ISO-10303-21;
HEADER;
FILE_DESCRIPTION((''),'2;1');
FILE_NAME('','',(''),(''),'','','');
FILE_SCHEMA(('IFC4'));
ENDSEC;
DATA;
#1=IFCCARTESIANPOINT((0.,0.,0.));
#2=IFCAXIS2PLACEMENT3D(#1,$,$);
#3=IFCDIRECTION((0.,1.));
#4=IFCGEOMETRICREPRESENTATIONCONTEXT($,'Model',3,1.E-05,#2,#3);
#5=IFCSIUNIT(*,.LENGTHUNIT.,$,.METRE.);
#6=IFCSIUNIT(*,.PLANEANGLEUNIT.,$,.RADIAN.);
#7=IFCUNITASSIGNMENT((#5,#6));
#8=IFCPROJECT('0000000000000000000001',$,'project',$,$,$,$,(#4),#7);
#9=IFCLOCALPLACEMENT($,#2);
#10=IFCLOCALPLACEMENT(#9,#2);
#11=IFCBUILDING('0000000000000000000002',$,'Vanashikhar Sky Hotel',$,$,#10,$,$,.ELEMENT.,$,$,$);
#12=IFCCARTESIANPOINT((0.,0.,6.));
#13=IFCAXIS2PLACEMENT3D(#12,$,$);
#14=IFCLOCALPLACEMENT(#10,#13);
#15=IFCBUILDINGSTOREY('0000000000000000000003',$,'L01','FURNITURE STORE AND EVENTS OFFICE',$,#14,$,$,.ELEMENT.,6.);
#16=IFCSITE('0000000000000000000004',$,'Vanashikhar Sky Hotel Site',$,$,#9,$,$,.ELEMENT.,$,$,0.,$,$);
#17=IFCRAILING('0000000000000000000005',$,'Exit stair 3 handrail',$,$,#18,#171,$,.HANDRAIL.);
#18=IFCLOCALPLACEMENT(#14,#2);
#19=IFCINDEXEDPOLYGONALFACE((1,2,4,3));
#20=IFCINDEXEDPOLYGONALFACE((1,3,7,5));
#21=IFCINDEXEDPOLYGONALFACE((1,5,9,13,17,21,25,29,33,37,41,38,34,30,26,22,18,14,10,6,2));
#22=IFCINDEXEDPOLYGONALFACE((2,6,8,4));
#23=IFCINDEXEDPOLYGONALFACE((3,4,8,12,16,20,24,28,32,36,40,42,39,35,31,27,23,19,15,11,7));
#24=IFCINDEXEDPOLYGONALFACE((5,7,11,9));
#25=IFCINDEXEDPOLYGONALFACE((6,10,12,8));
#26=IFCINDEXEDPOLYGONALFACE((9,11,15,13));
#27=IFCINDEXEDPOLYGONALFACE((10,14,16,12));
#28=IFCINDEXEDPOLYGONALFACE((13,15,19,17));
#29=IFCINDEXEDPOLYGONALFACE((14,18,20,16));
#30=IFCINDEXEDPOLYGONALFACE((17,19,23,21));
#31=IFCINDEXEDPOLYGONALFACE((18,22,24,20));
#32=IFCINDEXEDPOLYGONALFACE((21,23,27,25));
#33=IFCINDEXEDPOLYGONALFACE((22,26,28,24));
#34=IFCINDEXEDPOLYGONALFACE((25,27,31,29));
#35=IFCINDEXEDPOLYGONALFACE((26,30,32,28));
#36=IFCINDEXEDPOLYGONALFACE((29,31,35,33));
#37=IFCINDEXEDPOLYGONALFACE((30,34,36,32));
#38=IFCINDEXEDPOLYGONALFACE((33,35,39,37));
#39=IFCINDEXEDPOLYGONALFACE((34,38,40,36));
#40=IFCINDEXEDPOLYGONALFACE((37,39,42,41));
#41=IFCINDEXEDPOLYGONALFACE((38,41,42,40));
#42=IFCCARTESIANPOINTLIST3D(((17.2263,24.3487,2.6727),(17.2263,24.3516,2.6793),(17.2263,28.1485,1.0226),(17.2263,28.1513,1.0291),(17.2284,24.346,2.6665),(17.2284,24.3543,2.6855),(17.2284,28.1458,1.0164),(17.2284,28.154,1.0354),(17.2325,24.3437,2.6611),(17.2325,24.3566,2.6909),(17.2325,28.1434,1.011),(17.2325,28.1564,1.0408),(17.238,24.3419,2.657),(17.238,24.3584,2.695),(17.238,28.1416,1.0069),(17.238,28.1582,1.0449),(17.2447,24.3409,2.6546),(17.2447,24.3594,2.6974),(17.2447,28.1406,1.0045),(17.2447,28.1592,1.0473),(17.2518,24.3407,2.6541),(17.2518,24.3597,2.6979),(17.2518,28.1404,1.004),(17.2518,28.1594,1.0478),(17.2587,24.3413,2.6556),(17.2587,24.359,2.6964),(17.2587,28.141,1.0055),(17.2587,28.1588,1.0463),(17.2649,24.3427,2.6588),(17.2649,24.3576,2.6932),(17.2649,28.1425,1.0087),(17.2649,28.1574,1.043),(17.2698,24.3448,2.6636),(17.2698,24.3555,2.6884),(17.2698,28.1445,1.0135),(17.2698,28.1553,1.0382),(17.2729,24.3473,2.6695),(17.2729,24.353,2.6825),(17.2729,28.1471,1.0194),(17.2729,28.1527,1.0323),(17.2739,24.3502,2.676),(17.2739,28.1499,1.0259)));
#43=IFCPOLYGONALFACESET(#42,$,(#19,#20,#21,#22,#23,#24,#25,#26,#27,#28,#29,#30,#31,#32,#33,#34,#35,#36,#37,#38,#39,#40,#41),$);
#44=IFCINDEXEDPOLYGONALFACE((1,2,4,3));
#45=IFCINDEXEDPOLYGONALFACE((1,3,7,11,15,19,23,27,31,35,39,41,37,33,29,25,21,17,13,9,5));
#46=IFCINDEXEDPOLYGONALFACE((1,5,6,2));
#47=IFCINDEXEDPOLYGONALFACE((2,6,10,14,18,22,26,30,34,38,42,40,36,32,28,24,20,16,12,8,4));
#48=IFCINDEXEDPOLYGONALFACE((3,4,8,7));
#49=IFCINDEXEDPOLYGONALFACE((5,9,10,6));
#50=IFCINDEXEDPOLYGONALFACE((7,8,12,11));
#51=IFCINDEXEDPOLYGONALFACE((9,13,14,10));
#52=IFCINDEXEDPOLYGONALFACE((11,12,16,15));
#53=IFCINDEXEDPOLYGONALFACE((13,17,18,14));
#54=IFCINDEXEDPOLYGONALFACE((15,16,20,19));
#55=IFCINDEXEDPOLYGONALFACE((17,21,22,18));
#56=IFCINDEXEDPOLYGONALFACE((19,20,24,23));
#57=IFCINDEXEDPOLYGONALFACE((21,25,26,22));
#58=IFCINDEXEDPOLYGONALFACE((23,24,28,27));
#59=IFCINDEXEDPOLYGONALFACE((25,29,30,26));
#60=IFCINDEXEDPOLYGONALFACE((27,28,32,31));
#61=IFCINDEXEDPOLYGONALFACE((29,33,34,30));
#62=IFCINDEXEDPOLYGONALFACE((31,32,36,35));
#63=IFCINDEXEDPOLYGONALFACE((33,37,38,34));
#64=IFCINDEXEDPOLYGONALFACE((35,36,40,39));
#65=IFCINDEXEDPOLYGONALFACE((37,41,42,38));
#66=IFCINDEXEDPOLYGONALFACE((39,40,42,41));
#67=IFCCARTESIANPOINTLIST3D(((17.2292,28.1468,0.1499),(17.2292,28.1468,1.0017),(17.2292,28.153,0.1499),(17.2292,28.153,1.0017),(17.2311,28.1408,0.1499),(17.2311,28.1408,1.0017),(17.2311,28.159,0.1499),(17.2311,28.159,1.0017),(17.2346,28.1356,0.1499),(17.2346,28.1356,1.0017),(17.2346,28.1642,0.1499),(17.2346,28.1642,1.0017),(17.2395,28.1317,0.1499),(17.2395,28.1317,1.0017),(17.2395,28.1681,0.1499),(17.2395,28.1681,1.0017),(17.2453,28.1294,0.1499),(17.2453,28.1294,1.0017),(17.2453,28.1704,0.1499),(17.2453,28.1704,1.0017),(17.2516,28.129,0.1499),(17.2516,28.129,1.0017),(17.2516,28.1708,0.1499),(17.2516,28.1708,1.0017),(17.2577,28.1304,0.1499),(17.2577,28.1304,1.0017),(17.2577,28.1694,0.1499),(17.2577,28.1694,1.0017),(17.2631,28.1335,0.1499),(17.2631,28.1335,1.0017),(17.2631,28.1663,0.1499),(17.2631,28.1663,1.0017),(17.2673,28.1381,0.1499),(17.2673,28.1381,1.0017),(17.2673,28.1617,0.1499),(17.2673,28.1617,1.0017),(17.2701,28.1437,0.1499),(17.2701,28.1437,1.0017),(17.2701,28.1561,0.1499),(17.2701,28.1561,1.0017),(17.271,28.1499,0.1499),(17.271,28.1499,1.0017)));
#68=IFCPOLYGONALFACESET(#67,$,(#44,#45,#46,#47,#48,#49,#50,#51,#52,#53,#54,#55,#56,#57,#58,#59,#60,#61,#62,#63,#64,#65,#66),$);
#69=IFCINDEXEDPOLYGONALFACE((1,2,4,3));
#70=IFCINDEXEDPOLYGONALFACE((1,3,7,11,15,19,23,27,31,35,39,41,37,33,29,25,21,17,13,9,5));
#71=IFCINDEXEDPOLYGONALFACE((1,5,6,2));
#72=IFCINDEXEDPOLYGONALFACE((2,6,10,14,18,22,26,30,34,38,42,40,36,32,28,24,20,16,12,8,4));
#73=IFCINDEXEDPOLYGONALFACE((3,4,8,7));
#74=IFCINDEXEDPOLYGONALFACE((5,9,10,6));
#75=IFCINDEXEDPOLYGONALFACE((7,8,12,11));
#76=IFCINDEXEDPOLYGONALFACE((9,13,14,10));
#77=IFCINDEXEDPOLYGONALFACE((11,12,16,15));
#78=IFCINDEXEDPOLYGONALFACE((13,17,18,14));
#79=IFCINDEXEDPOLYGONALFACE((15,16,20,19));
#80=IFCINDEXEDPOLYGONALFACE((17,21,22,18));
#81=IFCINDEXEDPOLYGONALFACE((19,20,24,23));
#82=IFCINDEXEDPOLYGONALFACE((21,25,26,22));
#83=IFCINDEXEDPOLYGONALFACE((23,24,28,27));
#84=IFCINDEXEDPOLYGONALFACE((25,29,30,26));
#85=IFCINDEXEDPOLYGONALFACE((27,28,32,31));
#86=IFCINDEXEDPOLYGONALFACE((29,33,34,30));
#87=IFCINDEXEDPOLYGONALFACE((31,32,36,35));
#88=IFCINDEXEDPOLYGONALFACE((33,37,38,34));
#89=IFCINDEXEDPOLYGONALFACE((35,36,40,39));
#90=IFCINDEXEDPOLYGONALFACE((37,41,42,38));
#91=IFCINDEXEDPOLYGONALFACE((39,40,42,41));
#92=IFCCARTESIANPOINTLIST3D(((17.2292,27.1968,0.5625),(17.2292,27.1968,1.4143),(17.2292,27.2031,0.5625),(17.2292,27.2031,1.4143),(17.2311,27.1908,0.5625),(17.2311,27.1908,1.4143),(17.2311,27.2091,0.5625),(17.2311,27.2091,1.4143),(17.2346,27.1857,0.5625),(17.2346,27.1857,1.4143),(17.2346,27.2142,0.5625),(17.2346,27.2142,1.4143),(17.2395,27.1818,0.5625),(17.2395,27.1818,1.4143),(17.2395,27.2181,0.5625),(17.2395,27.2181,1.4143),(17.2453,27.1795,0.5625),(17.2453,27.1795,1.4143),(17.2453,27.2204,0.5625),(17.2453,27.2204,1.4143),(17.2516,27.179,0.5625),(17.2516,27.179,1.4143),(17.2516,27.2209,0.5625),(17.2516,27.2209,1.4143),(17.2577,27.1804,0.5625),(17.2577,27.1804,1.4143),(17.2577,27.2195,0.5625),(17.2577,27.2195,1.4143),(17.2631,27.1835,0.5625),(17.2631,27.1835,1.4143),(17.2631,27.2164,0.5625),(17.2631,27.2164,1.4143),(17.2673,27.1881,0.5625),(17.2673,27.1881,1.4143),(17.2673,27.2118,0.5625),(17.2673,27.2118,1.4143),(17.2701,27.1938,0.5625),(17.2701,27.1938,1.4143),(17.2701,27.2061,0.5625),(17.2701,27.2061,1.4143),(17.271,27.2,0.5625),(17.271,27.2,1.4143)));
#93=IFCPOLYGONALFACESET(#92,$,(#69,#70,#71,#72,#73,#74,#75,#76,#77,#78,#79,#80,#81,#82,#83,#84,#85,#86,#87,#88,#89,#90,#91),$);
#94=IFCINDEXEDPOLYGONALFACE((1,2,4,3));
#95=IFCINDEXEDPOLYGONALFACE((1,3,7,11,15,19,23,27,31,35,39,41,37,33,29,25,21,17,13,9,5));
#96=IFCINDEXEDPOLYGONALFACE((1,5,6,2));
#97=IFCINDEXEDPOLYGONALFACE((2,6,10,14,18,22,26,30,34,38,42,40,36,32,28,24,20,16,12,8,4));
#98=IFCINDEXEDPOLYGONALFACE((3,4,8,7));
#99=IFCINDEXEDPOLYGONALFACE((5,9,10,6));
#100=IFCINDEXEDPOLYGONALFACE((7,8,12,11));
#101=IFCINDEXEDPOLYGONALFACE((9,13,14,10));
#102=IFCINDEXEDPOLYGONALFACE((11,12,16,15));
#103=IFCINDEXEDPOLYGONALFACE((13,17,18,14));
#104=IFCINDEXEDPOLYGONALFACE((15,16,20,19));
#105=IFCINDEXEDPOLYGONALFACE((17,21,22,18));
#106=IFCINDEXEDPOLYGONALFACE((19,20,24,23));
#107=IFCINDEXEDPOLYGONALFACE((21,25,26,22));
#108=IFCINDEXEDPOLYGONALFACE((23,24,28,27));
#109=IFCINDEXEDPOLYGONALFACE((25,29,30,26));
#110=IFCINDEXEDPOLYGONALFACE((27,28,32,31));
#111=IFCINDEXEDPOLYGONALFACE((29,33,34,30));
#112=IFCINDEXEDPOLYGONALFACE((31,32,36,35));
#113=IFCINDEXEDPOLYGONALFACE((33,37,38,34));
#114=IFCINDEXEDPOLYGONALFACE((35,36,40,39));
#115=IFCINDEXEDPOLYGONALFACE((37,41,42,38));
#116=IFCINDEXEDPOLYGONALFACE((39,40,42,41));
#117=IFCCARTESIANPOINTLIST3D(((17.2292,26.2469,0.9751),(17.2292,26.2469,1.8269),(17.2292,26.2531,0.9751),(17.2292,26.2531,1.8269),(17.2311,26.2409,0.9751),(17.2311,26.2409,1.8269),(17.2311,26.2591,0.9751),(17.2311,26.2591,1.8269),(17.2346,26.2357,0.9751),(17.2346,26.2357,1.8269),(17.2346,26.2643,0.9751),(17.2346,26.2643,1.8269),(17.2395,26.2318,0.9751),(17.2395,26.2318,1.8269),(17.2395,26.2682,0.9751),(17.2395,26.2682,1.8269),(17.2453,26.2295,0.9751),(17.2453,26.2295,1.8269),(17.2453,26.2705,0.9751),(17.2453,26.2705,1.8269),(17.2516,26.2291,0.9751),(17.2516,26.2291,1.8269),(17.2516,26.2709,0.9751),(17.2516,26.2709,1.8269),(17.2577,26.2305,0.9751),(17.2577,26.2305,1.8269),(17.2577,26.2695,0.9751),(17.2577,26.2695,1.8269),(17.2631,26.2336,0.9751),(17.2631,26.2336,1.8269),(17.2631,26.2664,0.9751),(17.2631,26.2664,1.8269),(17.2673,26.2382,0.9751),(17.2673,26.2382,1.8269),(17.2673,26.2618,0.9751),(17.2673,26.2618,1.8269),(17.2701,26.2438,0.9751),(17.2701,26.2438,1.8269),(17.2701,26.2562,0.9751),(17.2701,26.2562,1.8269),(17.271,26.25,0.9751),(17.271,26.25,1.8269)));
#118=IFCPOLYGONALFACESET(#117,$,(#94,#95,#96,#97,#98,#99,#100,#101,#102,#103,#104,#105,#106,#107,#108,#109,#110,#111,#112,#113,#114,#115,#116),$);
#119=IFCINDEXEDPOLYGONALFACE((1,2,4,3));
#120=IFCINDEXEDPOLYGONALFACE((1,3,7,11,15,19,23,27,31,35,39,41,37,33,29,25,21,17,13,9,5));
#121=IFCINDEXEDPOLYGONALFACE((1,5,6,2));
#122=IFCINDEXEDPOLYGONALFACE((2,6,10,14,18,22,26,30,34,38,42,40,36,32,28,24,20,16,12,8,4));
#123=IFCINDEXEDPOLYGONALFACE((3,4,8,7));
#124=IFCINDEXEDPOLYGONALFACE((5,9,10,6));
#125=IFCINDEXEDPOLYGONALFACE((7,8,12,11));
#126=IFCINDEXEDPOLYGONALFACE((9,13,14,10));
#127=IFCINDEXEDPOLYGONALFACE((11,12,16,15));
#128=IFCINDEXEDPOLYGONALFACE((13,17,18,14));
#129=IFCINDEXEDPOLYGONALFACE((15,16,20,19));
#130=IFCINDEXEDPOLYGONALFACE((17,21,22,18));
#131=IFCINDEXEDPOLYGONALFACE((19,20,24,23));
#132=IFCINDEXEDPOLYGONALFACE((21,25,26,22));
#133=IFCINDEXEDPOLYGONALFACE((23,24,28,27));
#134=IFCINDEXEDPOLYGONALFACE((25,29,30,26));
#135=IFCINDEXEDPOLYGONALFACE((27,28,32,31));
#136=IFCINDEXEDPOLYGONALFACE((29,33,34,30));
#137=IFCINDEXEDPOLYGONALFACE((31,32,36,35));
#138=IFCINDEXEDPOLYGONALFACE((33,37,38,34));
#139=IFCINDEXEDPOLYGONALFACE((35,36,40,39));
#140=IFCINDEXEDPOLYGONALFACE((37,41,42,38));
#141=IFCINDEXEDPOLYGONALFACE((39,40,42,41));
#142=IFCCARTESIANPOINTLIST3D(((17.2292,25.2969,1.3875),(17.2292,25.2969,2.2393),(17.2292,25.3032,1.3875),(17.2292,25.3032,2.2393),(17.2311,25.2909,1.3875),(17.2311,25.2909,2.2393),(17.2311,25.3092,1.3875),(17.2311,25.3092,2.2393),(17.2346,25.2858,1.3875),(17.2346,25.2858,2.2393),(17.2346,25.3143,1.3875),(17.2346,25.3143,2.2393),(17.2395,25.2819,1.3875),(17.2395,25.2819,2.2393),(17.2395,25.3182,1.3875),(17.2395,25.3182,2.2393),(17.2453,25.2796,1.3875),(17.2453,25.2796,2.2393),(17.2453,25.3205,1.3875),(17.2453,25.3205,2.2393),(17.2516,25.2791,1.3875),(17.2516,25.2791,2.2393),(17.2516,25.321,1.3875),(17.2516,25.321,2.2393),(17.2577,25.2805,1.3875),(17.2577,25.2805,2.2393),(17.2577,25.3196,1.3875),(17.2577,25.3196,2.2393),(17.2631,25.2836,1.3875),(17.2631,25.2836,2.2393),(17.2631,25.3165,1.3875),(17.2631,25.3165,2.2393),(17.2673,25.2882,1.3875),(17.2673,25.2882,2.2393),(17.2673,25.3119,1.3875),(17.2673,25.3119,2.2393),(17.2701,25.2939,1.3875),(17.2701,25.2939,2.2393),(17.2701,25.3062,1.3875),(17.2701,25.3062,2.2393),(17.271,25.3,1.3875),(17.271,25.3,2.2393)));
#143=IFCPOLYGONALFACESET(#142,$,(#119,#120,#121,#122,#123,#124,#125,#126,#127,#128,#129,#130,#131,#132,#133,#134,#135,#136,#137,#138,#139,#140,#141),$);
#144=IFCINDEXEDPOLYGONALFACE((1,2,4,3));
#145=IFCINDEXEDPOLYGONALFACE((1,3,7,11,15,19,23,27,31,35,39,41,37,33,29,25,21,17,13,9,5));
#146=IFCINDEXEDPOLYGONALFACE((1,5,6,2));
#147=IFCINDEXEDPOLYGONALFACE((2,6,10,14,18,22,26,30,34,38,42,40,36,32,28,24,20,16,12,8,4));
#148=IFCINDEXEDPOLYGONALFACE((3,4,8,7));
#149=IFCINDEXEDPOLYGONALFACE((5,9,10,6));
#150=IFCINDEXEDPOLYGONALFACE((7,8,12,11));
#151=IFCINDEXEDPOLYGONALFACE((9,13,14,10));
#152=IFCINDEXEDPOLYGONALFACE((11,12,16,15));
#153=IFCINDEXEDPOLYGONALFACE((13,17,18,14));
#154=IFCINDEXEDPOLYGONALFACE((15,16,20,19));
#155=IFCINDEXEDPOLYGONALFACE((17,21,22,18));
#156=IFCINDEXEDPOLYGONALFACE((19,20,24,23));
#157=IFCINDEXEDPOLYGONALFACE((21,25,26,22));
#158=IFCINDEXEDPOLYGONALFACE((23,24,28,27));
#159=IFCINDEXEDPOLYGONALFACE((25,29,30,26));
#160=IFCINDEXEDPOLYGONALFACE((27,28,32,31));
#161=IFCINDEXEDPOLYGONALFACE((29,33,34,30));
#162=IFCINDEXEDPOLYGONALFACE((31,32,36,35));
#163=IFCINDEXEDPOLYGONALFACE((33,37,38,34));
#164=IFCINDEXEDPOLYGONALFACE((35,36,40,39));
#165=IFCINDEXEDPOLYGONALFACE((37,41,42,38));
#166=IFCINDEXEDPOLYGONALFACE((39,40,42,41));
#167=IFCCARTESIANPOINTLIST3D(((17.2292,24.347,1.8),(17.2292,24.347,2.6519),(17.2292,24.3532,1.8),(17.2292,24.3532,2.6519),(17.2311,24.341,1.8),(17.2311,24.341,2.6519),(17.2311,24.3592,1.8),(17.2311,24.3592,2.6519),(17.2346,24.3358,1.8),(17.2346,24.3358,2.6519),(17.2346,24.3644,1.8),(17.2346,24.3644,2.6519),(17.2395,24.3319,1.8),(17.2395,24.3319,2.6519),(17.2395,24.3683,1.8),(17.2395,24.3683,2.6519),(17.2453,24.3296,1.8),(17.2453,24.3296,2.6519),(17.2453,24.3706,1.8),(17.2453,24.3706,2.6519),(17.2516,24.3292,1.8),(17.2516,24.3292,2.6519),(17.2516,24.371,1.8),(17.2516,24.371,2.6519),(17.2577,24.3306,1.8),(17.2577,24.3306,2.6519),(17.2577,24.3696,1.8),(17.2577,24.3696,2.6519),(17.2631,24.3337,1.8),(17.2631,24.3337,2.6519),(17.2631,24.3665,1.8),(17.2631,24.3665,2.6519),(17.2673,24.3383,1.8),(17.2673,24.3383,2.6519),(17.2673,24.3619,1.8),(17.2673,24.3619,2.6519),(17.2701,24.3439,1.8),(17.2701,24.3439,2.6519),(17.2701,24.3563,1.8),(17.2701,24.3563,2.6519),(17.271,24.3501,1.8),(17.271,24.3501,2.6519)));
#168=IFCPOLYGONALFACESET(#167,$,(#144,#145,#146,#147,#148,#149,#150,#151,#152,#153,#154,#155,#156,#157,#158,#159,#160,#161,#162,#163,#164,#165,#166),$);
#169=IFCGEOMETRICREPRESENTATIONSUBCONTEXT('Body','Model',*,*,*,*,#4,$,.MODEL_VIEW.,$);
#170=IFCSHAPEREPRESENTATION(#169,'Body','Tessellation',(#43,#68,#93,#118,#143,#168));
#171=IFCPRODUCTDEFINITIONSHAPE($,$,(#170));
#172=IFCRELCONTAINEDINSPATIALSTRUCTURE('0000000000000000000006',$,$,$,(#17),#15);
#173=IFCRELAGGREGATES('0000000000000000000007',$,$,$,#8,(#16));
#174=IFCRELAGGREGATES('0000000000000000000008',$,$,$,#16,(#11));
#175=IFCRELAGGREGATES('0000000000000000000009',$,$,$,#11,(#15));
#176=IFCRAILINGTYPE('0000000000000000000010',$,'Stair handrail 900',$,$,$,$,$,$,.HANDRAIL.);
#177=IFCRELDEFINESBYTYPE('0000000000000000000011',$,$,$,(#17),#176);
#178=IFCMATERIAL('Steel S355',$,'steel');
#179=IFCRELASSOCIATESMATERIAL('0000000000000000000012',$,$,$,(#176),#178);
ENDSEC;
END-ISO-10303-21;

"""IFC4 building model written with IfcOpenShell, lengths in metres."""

from ifc_helpers import new_model, si_unit, direction, frame, origin, origin_2d, place, context, subcontext, project, spatial, circle, extrude, source, transform, mapped, material, type_object, element, save


model = new_model("IFC4")

# Units and contexts
model_context = context("Model", 3, precision=1e-05, world=origin(), true_north=direction((0.0, 1.0)))
body_context = subcontext(model_context, "Body", "Model", "MODEL_VIEW")
ifc_project = project(units=[si_unit("LENGTHUNIT", "METRE"), si_unit("PLANEANGLEUNIT", "RADIAN")], contexts=[model_context])

# Site, building, storey
site_placement = place(None, origin())
site = spatial("IfcSite", under=ifc_project, at=site_placement, Name="Vanashikhar Sky Hotel Site", CompositionType="ELEMENT", RefElevation=0.0)
building_placement = place(site_placement, origin())
building = spatial("IfcBuilding", under=site, at=building_placement, Name="Vanashikhar Sky Hotel", CompositionType="ELEMENT")
storey_placement = place(building_placement, frame((0.0, 0.0, 6.0)))
storey = spatial("IfcBuildingStorey", under=building, at=storey_placement, Name="L01", Description="FURNITURE STORE AND EVENTS OFFICE", CompositionType="ELEMENT", Elevation=6.0)

# Railing
ifc_material_1 = material(Name="Steel S355", Category="steel")
railing_type_1 = type_object("IfcRailingType", Name="Stair handrail 900", PredefinedType="HANDRAIL", material=ifc_material_1)
shared_shape_1 = source(origin(), body_context, "Body", "SweptSolid", [
    extrude(circle(Radius=0.0239, at=origin_2d()), frame((0.0, 0.0, 0.876), z_axis=(0.0, -0.917241, 0.398332), x_axis=(1.0, 0.0, 0.0)), (0.0, 0.0, 1.0), 4.1426),
    extrude(circle(Radius=0.021, at=origin_2d()), origin(), (0.0, 0.0, 1.0), 0.8518),
    extrude(circle(Radius=0.021, at=origin_2d()), frame((0.0, -0.95, 0.4126)), (0.0, 0.0, 1.0), 0.8518),
    extrude(circle(Radius=0.021, at=origin_2d()), frame((0.0, -1.8999, 0.8252)), (0.0, 0.0, 1.0), 0.8518),
    extrude(circle(Radius=0.021, at=origin_2d()), frame((0.0, -2.8499, 1.2375)), (0.0, 0.0, 1.0), 0.8518),
    extrude(circle(Radius=0.021, at=origin_2d()), frame((0.0, -3.7998, 1.6501)), (0.0, 0.0, 1.0), 0.8518),
])
railing_1_placement = place(storey_placement, frame((17.25, 28.1499, 0.1499)))
element("IfcRailing", 1, at=railing_1_placement, inside=storey, type_object=railing_type_1, Name="Exit stair 3 handrail", PredefinedType="HANDRAIL", context=body_context, shape_type="MappedRepresentation", body=[
    mapped(shared_shape_1, transform((0.0, 0.0, 0.0), scale=1.0)),
])

save(model, "model.ifc")
